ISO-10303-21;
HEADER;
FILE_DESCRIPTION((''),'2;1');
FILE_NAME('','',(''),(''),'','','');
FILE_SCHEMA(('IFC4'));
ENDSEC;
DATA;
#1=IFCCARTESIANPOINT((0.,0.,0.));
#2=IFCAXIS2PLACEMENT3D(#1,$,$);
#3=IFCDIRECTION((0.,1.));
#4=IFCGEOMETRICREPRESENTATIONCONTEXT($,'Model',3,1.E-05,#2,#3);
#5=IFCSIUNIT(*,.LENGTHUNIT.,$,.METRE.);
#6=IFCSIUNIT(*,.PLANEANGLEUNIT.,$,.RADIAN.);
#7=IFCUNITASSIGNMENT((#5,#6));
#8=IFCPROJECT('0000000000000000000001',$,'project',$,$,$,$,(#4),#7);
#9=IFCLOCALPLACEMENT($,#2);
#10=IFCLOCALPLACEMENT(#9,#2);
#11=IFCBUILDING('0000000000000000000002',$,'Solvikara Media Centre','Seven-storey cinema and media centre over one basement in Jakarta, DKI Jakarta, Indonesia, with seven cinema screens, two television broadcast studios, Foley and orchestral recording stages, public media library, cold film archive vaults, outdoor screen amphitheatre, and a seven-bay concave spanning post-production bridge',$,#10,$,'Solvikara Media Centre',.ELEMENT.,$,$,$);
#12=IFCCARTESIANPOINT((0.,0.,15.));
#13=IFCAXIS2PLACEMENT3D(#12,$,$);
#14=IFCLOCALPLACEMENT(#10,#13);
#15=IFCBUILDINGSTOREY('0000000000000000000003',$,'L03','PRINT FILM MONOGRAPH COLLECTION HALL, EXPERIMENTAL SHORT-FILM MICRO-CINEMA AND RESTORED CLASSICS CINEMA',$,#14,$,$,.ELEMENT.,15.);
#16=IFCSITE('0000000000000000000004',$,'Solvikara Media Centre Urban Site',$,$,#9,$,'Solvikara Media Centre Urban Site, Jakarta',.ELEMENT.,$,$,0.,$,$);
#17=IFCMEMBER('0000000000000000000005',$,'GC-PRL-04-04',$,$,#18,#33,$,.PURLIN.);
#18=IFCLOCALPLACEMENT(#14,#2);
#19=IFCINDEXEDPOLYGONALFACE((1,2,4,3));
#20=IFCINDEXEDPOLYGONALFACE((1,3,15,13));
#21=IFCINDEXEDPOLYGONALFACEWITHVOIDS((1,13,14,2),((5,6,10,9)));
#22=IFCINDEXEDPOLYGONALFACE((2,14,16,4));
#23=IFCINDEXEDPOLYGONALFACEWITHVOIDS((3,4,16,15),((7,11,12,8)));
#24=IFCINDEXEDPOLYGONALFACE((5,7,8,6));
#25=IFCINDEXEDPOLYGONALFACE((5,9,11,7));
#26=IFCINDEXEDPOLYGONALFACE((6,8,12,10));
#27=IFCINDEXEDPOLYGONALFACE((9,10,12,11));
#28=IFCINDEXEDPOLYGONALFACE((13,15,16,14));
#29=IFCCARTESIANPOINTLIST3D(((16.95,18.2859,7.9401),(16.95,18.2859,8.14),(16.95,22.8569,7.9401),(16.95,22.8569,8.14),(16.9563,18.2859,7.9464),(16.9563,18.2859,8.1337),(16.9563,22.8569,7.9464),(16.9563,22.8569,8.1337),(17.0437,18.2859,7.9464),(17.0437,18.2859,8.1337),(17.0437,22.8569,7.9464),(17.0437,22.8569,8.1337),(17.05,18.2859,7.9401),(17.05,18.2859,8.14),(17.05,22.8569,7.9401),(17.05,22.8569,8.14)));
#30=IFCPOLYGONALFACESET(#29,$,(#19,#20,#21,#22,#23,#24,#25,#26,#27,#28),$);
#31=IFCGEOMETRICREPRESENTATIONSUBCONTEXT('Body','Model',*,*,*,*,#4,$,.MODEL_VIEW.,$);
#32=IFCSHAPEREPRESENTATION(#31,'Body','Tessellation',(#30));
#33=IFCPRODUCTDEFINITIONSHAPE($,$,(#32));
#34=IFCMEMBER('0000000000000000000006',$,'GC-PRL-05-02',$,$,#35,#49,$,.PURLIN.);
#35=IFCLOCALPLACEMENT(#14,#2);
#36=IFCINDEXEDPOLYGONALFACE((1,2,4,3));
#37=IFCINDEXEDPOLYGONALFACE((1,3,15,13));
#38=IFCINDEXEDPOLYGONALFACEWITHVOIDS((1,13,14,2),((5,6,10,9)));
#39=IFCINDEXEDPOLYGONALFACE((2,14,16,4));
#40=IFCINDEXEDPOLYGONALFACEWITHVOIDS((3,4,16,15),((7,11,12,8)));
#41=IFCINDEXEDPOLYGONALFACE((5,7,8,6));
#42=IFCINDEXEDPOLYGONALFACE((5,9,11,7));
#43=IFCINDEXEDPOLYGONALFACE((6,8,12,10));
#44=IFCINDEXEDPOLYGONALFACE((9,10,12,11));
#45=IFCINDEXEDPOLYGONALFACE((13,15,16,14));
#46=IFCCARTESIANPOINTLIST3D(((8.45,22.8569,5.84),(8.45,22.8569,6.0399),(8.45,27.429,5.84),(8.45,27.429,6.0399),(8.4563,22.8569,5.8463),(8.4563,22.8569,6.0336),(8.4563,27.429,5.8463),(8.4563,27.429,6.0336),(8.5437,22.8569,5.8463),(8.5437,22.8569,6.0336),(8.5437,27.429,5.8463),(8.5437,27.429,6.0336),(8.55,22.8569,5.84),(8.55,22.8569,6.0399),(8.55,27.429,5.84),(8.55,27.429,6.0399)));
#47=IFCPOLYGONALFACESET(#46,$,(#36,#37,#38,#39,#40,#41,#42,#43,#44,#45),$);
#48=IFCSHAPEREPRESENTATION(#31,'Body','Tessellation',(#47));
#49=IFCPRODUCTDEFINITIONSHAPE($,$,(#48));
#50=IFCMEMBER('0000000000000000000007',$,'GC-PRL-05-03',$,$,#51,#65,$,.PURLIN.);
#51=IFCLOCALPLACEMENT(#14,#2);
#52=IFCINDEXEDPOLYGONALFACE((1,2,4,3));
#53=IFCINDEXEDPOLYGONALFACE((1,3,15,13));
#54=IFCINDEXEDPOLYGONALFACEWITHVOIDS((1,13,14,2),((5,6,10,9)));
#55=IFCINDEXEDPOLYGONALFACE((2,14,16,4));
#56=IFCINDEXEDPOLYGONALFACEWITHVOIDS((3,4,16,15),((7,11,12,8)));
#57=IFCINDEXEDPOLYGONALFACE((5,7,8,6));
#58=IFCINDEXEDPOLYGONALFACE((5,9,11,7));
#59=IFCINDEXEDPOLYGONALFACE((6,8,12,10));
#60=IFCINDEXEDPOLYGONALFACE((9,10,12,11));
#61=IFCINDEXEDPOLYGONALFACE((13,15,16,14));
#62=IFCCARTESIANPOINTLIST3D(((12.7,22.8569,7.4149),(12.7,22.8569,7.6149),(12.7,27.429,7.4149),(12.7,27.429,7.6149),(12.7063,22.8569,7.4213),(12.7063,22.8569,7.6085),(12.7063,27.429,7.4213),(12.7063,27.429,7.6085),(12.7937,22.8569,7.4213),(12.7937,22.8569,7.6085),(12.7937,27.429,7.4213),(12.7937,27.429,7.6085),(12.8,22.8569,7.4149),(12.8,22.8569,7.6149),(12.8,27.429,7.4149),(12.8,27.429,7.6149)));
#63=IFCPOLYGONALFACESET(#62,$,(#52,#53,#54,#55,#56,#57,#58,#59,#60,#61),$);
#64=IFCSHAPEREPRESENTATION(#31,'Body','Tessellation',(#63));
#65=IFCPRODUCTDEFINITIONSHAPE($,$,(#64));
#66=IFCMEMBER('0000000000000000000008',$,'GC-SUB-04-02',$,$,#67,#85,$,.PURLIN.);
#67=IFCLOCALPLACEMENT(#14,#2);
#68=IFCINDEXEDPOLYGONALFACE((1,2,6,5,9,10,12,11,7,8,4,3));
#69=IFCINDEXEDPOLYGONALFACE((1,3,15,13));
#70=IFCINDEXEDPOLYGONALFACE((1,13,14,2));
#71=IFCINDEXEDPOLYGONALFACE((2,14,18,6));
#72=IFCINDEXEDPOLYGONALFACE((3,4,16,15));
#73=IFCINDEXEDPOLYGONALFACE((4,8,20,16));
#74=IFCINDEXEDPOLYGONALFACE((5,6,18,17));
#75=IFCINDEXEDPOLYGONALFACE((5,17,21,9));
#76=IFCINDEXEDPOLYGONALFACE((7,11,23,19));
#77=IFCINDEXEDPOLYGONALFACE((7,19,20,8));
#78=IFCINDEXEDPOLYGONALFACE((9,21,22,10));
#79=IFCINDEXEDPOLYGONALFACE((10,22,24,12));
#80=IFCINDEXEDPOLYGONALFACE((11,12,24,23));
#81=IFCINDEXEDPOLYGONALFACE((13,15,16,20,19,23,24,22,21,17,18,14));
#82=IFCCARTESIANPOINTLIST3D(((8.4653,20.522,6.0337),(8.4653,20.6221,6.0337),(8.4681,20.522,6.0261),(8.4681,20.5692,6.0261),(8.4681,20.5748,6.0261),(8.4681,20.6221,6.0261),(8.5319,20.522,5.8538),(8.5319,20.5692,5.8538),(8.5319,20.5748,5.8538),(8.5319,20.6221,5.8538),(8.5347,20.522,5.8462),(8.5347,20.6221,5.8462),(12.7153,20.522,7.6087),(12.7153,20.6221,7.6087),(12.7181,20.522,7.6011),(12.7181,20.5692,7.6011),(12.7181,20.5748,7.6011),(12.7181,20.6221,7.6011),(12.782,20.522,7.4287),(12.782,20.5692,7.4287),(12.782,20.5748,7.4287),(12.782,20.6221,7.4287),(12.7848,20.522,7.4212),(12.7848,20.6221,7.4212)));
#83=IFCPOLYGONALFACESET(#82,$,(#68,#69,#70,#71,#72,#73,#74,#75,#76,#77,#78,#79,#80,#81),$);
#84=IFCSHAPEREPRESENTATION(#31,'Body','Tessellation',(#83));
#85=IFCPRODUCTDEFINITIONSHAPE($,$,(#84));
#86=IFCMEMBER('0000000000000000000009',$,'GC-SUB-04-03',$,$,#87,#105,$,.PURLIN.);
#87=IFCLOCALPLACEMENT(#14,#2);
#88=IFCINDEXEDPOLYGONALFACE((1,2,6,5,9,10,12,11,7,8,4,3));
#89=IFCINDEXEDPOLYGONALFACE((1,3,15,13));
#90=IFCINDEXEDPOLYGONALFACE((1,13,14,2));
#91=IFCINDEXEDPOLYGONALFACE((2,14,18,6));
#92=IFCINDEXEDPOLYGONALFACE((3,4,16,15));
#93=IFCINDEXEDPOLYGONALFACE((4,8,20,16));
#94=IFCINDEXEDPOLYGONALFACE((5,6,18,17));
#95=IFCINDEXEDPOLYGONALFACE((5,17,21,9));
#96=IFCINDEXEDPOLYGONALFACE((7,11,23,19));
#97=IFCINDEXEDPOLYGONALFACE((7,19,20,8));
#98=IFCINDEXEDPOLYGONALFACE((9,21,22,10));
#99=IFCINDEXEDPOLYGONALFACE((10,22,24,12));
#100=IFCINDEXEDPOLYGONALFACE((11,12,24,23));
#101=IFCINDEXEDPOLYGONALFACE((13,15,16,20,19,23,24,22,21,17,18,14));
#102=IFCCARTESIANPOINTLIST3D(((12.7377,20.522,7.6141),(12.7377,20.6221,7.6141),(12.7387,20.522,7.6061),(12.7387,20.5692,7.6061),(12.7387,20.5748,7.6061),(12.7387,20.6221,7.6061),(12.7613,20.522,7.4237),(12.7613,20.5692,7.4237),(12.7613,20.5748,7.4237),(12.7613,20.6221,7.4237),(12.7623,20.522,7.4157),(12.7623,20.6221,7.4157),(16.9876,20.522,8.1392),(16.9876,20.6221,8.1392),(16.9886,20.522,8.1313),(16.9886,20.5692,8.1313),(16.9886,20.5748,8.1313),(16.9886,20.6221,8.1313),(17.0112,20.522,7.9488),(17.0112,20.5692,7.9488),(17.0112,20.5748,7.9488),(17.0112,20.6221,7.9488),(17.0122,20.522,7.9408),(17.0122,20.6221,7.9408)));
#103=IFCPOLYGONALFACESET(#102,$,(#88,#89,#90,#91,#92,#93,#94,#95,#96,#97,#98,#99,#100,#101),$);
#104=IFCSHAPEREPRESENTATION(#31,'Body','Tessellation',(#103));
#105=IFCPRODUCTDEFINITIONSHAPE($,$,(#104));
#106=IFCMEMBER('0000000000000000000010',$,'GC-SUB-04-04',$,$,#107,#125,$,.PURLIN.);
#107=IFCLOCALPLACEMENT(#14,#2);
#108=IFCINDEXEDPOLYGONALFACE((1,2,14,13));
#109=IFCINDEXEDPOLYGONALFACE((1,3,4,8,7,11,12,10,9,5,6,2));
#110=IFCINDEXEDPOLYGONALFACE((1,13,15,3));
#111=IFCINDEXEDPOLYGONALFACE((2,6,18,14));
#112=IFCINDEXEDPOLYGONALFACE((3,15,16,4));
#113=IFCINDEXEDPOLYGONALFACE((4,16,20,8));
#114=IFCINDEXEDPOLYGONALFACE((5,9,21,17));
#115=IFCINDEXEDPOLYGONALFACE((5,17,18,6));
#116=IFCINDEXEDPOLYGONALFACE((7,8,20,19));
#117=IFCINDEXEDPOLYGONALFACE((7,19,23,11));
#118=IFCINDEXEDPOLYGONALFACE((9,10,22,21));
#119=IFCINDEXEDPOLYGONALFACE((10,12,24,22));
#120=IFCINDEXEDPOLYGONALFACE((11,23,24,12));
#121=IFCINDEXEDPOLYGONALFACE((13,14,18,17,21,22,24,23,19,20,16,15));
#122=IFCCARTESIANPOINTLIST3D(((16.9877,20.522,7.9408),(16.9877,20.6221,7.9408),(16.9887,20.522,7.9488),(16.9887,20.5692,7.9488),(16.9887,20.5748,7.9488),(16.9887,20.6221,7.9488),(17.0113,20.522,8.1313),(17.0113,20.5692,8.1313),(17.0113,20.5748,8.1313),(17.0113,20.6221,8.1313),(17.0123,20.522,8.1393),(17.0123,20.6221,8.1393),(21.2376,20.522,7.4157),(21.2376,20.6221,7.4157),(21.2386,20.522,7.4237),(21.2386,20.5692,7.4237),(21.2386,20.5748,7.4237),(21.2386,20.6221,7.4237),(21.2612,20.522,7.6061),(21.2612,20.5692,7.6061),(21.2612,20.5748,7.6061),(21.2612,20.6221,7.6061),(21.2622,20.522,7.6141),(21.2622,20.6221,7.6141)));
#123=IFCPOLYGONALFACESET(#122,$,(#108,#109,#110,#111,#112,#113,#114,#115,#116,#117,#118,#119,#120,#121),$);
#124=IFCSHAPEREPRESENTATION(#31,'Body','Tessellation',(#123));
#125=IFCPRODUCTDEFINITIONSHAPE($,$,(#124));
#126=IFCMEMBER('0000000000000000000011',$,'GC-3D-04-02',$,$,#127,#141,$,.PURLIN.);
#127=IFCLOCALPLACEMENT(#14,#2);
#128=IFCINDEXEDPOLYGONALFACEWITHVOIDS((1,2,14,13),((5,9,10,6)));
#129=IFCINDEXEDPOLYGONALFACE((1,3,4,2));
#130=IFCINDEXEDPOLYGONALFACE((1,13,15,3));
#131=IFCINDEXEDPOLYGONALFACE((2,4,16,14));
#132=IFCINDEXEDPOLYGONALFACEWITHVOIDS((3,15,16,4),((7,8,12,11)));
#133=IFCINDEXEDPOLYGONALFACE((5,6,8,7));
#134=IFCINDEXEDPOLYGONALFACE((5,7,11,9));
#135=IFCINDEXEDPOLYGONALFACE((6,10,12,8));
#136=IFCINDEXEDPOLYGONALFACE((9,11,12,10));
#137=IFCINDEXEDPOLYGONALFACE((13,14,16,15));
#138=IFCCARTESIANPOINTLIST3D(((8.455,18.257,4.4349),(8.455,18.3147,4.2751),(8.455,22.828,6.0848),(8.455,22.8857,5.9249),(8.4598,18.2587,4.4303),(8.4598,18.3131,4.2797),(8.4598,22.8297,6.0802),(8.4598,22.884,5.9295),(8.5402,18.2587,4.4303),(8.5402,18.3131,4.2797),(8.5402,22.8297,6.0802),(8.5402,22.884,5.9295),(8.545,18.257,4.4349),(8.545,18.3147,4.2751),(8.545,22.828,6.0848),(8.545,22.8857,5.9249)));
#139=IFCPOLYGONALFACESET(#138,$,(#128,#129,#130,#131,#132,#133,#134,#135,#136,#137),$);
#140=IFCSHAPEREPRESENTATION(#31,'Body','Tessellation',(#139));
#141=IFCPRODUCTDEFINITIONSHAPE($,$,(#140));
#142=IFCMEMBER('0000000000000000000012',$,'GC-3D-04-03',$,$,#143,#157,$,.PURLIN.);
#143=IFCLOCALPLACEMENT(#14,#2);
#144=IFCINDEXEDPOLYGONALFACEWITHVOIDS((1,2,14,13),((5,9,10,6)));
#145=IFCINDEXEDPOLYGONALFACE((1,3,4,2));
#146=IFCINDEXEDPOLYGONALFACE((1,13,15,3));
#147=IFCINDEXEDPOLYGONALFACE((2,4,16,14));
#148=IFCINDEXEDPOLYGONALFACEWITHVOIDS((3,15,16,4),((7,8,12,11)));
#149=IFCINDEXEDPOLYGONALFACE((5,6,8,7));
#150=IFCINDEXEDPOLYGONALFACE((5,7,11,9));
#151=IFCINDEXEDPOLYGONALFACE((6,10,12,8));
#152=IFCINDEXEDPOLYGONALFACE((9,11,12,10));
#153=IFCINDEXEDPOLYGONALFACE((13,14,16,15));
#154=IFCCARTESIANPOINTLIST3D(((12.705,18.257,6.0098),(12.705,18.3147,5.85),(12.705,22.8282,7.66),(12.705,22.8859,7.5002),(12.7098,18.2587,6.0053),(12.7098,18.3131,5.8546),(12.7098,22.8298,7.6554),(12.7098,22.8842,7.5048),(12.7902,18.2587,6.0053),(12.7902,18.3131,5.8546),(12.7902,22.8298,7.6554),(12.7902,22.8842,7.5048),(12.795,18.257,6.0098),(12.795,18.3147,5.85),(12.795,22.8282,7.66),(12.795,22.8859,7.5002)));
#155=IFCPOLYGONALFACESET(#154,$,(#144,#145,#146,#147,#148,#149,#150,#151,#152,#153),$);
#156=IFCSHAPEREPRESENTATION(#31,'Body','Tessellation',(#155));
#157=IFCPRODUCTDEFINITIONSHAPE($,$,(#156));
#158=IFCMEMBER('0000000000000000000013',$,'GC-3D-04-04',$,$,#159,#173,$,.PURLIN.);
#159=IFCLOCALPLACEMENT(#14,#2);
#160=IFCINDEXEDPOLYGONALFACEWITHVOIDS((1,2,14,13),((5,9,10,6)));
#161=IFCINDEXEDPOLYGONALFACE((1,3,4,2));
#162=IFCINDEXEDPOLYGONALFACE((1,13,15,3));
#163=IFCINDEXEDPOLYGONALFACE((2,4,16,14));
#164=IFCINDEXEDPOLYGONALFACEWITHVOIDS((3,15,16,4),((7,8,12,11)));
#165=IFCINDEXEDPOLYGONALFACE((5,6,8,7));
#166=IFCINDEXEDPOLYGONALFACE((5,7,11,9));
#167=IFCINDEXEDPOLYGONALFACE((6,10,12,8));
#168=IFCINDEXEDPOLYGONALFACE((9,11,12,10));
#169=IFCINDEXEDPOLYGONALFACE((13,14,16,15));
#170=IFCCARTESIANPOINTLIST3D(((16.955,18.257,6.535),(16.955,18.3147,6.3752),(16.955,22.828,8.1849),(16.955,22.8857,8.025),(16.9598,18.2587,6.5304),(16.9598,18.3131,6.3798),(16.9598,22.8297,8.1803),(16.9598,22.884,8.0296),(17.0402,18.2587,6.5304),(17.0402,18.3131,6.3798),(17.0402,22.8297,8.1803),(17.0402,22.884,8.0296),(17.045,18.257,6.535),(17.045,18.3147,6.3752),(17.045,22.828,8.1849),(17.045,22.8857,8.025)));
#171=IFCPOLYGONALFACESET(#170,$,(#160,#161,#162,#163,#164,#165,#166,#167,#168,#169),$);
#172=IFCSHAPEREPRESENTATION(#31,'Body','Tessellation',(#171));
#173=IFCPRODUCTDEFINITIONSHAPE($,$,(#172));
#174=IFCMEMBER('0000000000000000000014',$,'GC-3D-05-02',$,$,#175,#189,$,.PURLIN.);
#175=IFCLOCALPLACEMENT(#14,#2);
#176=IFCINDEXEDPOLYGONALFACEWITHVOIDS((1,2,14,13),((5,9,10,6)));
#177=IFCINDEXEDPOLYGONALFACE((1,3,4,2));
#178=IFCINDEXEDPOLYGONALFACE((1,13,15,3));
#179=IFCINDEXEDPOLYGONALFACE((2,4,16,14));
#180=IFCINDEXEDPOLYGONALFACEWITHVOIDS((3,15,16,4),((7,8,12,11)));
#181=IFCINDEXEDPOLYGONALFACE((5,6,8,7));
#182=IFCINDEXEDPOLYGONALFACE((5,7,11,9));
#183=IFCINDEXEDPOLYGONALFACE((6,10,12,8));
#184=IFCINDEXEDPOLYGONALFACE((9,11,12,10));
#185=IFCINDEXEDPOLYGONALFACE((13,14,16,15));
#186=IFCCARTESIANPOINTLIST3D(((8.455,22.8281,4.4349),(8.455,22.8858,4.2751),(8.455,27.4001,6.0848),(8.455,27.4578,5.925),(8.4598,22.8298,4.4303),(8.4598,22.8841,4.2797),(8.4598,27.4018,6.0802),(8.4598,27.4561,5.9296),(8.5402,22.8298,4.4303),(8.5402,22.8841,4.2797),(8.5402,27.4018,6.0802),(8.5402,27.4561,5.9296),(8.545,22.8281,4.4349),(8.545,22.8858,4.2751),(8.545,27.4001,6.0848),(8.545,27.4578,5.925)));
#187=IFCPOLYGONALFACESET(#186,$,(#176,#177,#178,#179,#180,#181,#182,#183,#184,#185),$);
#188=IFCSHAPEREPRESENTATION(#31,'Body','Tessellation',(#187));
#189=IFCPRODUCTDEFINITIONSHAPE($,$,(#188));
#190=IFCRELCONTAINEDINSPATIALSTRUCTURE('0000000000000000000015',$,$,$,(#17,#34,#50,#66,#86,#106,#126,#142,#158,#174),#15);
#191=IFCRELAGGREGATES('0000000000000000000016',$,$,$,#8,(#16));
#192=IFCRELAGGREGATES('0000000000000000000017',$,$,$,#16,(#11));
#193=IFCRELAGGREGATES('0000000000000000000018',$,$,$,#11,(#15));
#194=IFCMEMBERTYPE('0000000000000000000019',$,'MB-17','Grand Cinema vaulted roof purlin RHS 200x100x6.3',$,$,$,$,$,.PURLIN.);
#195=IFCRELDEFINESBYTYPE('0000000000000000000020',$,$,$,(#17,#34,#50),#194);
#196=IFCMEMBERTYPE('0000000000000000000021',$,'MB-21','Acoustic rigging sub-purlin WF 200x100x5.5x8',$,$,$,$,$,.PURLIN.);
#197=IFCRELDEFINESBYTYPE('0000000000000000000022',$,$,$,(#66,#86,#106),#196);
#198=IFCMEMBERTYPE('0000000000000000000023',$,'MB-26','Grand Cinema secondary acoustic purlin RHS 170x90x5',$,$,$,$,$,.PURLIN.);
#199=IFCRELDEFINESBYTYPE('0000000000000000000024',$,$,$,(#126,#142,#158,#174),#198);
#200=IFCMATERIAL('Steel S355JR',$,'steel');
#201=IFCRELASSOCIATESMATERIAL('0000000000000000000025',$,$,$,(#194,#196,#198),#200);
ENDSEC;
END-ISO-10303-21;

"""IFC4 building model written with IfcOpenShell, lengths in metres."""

from ifc_helpers import new_model, si_unit, direction, frame, origin, origin_2d, place, context, subcontext, project, spatial, hollow_rectangle, i_section, extrude, material, material_profile, profile_set, type_object, element, save


model = new_model("IFC4")

# Units and contexts
model_context = context("Model", 3, precision=1e-05, world=origin(), true_north=direction((0.0, 1.0)))
body_context = subcontext(model_context, "Body", "Model", "MODEL_VIEW")
ifc_project = project(units=[si_unit("LENGTHUNIT", "METRE"), si_unit("PLANEANGLEUNIT", "RADIAN")], contexts=[model_context])

# Site, building, storey
site_placement = place(None, origin())
site = spatial("IfcSite", under=ifc_project, at=site_placement, Name="Solvikara Media Centre Urban Site", LongName="Solvikara Media Centre Urban Site, Jakarta", CompositionType="ELEMENT", RefElevation=0.0)
building_placement = place(site_placement, origin())
building = spatial("IfcBuilding", under=site, at=building_placement, Name="Solvikara Media Centre", Description="Seven-storey cinema and media centre over one basement in Jakarta, DKI Jakarta, Indonesia, with seven cinema screens, two television broadcast studios, Foley and orchestral recording stages, public media library, cold film archive vaults, outdoor screen amphitheatre, and a seven-bay concave spanning post-production bridge", LongName="Solvikara Media Centre", CompositionType="ELEMENT")
storey_placement = place(building_placement, frame((0.0, 0.0, 15.0)))
storey = spatial("IfcBuildingStorey", under=building, at=storey_placement, Name="L03", Description="PRINT FILM MONOGRAPH COLLECTION HALL, EXPERIMENTAL SHORT-FILM MICRO-CINEMA AND RESTORED CLASSICS CINEMA", CompositionType="ELEMENT", Elevation=15.0)

# Members
ifc_material = material(Name="Steel S355JR", Category="steel")
ifc_material_profile_1 = material_profile(ifc_material, hollow_rectangle(XDim=0.1001, YDim=0.2, WallThickness=0.0063, at=origin_2d()), Name="RHS 200x100x6.3")
ifc_profile_set_1 = profile_set([ifc_material_profile_1], Name="Steel S355JR")
member_type_1 = type_object("IfcMemberType", Name="MB-17", Description="Grand Cinema vaulted roof purlin RHS 200x100x6.3", PredefinedType="PURLIN", material=ifc_profile_set_1)
for number, where, z_axis, x_axis, name in (
    (1, (17.0, 18.2859, 8.04), (0.0, 1.0, 0.0), (-1.0, 0.0, 0.0), "GC-PRL-04-04"),
):
    element("IfcMember", number, at=place(storey_placement, frame(where, z_axis=z_axis, x_axis=x_axis)), inside=storey, type_object=member_type_1, Name=name, PredefinedType="PURLIN", context=body_context, shape_type="SweptSolid", body=[
        extrude(hollow_rectangle(XDim=0.1001, YDim=0.2, WallThickness=0.0063, at=origin_2d()), origin(), (0.0, 0.0, 1.0), 4.571),
    ])
for number, where, z_axis, x_axis, name in (
    (2, (8.5, 22.8569, 5.9399), (0.0, 1.0, 0.0), (-1.0, 0.0, 0.0), "GC-PRL-05-02"),
    (3, (12.75, 22.8569, 7.5149), (0.0, 1.0, 0.0), (-1.0, 0.0, 0.0), "GC-PRL-05-03"),
):
    element("IfcMember", number, at=place(storey_placement, frame(where, z_axis=z_axis, x_axis=x_axis)), inside=storey, type_object=member_type_1, Name=name, PredefinedType="PURLIN", context=body_context, shape_type="SweptSolid", body=[
        extrude(hollow_rectangle(XDim=0.1001, YDim=0.2, WallThickness=0.0063, at=origin_2d()), origin(), (0.0, 0.0, 1.0), 4.572),
    ])
ifc_material_profile_2 = material_profile(ifc_material, i_section(OverallWidth=0.1001, OverallDepth=0.2, WebThickness=0.0056, FlangeThickness=0.0081, at=origin_2d()), Name="WF 200x100x5.5x8")
ifc_profile_set_2 = profile_set([ifc_material_profile_2], Name="Steel S355JR")
member_type_2 = type_object("IfcMemberType", Name="MB-21", Description="Acoustic rigging sub-purlin WF 200x100x5.5x8", PredefinedType="PURLIN", material=ifc_profile_set_2)
member_1_placement = place(storey_placement, frame((8.5, 20.572, 5.9399), z_axis=(0.937686, 0.0, 0.347485), x_axis=(0.0, 1.0, 0.0)))
element("IfcMember", 4, at=member_1_placement, inside=storey, type_object=member_type_2, Name="GC-SUB-04-02", PredefinedType="PURLIN", context=body_context, shape_type="SweptSolid", body=[
    extrude(i_section(OverallWidth=0.1001, OverallDepth=0.2, WebThickness=0.0056, FlangeThickness=0.0081, at=origin_2d()), origin(), (0.0, 0.0, 1.0), 4.5325),
])
for number, where, z_axis, x_axis, name in (
    (5, (12.75, 20.572, 7.5149), (0.992452, 0.0, 0.122631), (0.0, 1.0, 0.0), "GC-SUB-04-03"),
    (6, (17.0, 20.572, 8.04), (0.992452, 0.0, -0.122631), (0.0, 1.0, 0.0), "GC-SUB-04-04"),
):
    element("IfcMember", number, at=place(storey_placement, frame(where, z_axis=z_axis, x_axis=x_axis)), inside=storey, type_object=member_type_2, Name=name, PredefinedType="PURLIN", context=body_context, shape_type="SweptSolid", body=[
        extrude(i_section(OverallWidth=0.1001, OverallDepth=0.2, WebThickness=0.0056, FlangeThickness=0.0081, at=origin_2d()), origin(), (0.0, 0.0, 1.0), 4.2822),
    ])
ifc_material_profile_3 = material_profile(ifc_material, hollow_rectangle(XDim=0.0901, YDim=0.1699, WallThickness=0.0049, at=origin_2d()), Name="RHS 170x90x5")
ifc_profile_set_3 = profile_set([ifc_material_profile_3], Name="Steel S355JR")
member_type_3 = type_object("IfcMemberType", Name="MB-26", Description="Grand Cinema secondary acoustic purlin RHS 170x90x5", PredefinedType="PURLIN", material=ifc_profile_set_3)
member_2_placement = place(storey_placement, frame((8.5, 18.2859, 4.355), z_axis=(0.0, 0.940603, 0.339507), x_axis=(-1.0, 0.0, 0.0)))
element("IfcMember", 7, at=member_2_placement, inside=storey, type_object=member_type_3, Name="GC-3D-04-02", PredefinedType="PURLIN", context=body_context, shape_type="SweptSolid", body=[
    extrude(hollow_rectangle(XDim=0.0901, YDim=0.1699, WallThickness=0.0049, at=origin_2d()), origin(), (0.0, 0.0, 1.0), 4.8596),
])
member_3_placement = place(storey_placement, frame((12.75, 18.2859, 5.9299), z_axis=(0.0, 0.940587, 0.339552), x_axis=(-1.0, 0.0, 0.0)))
element("IfcMember", 8, at=member_3_placement, inside=storey, type_object=member_type_3, Name="GC-3D-04-03", PredefinedType="PURLIN", context=body_context, shape_type="SweptSolid", body=[
    extrude(hollow_rectangle(XDim=0.0901, YDim=0.1699, WallThickness=0.0049, at=origin_2d()), origin(), (0.0, 0.0, 1.0), 4.8599),
])
member_4_placement = place(storey_placement, frame((17.0, 18.2859, 6.4551), z_axis=(0.0, 0.940603, 0.339507), x_axis=(-1.0, 0.0, 0.0)))
element("IfcMember", 9, at=member_4_placement, inside=storey, type_object=member_type_3, Name="GC-3D-04-04", PredefinedType="PURLIN", context=body_context, shape_type="SweptSolid", body=[
    extrude(hollow_rectangle(XDim=0.0901, YDim=0.1699, WallThickness=0.0049, at=origin_2d()), origin(), (0.0, 0.0, 1.0), 4.8596),
])
for number, where, z_axis, x_axis, name in (
    (10, (8.5, 22.8569, 4.355), (0.0, 0.940627, 0.339443), (-1.0, 0.0, 0.0), "GC-3D-05-02"),
):
    element("IfcMember", number, at=place(storey_placement, frame(where, z_axis=z_axis, x_axis=x_axis)), inside=storey, type_object=member_type_3, Name=name, PredefinedType="PURLIN", context=body_context, shape_type="SweptSolid", body=[
        extrude(hollow_rectangle(XDim=0.0901, YDim=0.1699, WallThickness=0.0049, at=origin_2d()), origin(), (0.0, 0.0, 1.0), 4.8606),
    ])

save(model, "model.ifc")
